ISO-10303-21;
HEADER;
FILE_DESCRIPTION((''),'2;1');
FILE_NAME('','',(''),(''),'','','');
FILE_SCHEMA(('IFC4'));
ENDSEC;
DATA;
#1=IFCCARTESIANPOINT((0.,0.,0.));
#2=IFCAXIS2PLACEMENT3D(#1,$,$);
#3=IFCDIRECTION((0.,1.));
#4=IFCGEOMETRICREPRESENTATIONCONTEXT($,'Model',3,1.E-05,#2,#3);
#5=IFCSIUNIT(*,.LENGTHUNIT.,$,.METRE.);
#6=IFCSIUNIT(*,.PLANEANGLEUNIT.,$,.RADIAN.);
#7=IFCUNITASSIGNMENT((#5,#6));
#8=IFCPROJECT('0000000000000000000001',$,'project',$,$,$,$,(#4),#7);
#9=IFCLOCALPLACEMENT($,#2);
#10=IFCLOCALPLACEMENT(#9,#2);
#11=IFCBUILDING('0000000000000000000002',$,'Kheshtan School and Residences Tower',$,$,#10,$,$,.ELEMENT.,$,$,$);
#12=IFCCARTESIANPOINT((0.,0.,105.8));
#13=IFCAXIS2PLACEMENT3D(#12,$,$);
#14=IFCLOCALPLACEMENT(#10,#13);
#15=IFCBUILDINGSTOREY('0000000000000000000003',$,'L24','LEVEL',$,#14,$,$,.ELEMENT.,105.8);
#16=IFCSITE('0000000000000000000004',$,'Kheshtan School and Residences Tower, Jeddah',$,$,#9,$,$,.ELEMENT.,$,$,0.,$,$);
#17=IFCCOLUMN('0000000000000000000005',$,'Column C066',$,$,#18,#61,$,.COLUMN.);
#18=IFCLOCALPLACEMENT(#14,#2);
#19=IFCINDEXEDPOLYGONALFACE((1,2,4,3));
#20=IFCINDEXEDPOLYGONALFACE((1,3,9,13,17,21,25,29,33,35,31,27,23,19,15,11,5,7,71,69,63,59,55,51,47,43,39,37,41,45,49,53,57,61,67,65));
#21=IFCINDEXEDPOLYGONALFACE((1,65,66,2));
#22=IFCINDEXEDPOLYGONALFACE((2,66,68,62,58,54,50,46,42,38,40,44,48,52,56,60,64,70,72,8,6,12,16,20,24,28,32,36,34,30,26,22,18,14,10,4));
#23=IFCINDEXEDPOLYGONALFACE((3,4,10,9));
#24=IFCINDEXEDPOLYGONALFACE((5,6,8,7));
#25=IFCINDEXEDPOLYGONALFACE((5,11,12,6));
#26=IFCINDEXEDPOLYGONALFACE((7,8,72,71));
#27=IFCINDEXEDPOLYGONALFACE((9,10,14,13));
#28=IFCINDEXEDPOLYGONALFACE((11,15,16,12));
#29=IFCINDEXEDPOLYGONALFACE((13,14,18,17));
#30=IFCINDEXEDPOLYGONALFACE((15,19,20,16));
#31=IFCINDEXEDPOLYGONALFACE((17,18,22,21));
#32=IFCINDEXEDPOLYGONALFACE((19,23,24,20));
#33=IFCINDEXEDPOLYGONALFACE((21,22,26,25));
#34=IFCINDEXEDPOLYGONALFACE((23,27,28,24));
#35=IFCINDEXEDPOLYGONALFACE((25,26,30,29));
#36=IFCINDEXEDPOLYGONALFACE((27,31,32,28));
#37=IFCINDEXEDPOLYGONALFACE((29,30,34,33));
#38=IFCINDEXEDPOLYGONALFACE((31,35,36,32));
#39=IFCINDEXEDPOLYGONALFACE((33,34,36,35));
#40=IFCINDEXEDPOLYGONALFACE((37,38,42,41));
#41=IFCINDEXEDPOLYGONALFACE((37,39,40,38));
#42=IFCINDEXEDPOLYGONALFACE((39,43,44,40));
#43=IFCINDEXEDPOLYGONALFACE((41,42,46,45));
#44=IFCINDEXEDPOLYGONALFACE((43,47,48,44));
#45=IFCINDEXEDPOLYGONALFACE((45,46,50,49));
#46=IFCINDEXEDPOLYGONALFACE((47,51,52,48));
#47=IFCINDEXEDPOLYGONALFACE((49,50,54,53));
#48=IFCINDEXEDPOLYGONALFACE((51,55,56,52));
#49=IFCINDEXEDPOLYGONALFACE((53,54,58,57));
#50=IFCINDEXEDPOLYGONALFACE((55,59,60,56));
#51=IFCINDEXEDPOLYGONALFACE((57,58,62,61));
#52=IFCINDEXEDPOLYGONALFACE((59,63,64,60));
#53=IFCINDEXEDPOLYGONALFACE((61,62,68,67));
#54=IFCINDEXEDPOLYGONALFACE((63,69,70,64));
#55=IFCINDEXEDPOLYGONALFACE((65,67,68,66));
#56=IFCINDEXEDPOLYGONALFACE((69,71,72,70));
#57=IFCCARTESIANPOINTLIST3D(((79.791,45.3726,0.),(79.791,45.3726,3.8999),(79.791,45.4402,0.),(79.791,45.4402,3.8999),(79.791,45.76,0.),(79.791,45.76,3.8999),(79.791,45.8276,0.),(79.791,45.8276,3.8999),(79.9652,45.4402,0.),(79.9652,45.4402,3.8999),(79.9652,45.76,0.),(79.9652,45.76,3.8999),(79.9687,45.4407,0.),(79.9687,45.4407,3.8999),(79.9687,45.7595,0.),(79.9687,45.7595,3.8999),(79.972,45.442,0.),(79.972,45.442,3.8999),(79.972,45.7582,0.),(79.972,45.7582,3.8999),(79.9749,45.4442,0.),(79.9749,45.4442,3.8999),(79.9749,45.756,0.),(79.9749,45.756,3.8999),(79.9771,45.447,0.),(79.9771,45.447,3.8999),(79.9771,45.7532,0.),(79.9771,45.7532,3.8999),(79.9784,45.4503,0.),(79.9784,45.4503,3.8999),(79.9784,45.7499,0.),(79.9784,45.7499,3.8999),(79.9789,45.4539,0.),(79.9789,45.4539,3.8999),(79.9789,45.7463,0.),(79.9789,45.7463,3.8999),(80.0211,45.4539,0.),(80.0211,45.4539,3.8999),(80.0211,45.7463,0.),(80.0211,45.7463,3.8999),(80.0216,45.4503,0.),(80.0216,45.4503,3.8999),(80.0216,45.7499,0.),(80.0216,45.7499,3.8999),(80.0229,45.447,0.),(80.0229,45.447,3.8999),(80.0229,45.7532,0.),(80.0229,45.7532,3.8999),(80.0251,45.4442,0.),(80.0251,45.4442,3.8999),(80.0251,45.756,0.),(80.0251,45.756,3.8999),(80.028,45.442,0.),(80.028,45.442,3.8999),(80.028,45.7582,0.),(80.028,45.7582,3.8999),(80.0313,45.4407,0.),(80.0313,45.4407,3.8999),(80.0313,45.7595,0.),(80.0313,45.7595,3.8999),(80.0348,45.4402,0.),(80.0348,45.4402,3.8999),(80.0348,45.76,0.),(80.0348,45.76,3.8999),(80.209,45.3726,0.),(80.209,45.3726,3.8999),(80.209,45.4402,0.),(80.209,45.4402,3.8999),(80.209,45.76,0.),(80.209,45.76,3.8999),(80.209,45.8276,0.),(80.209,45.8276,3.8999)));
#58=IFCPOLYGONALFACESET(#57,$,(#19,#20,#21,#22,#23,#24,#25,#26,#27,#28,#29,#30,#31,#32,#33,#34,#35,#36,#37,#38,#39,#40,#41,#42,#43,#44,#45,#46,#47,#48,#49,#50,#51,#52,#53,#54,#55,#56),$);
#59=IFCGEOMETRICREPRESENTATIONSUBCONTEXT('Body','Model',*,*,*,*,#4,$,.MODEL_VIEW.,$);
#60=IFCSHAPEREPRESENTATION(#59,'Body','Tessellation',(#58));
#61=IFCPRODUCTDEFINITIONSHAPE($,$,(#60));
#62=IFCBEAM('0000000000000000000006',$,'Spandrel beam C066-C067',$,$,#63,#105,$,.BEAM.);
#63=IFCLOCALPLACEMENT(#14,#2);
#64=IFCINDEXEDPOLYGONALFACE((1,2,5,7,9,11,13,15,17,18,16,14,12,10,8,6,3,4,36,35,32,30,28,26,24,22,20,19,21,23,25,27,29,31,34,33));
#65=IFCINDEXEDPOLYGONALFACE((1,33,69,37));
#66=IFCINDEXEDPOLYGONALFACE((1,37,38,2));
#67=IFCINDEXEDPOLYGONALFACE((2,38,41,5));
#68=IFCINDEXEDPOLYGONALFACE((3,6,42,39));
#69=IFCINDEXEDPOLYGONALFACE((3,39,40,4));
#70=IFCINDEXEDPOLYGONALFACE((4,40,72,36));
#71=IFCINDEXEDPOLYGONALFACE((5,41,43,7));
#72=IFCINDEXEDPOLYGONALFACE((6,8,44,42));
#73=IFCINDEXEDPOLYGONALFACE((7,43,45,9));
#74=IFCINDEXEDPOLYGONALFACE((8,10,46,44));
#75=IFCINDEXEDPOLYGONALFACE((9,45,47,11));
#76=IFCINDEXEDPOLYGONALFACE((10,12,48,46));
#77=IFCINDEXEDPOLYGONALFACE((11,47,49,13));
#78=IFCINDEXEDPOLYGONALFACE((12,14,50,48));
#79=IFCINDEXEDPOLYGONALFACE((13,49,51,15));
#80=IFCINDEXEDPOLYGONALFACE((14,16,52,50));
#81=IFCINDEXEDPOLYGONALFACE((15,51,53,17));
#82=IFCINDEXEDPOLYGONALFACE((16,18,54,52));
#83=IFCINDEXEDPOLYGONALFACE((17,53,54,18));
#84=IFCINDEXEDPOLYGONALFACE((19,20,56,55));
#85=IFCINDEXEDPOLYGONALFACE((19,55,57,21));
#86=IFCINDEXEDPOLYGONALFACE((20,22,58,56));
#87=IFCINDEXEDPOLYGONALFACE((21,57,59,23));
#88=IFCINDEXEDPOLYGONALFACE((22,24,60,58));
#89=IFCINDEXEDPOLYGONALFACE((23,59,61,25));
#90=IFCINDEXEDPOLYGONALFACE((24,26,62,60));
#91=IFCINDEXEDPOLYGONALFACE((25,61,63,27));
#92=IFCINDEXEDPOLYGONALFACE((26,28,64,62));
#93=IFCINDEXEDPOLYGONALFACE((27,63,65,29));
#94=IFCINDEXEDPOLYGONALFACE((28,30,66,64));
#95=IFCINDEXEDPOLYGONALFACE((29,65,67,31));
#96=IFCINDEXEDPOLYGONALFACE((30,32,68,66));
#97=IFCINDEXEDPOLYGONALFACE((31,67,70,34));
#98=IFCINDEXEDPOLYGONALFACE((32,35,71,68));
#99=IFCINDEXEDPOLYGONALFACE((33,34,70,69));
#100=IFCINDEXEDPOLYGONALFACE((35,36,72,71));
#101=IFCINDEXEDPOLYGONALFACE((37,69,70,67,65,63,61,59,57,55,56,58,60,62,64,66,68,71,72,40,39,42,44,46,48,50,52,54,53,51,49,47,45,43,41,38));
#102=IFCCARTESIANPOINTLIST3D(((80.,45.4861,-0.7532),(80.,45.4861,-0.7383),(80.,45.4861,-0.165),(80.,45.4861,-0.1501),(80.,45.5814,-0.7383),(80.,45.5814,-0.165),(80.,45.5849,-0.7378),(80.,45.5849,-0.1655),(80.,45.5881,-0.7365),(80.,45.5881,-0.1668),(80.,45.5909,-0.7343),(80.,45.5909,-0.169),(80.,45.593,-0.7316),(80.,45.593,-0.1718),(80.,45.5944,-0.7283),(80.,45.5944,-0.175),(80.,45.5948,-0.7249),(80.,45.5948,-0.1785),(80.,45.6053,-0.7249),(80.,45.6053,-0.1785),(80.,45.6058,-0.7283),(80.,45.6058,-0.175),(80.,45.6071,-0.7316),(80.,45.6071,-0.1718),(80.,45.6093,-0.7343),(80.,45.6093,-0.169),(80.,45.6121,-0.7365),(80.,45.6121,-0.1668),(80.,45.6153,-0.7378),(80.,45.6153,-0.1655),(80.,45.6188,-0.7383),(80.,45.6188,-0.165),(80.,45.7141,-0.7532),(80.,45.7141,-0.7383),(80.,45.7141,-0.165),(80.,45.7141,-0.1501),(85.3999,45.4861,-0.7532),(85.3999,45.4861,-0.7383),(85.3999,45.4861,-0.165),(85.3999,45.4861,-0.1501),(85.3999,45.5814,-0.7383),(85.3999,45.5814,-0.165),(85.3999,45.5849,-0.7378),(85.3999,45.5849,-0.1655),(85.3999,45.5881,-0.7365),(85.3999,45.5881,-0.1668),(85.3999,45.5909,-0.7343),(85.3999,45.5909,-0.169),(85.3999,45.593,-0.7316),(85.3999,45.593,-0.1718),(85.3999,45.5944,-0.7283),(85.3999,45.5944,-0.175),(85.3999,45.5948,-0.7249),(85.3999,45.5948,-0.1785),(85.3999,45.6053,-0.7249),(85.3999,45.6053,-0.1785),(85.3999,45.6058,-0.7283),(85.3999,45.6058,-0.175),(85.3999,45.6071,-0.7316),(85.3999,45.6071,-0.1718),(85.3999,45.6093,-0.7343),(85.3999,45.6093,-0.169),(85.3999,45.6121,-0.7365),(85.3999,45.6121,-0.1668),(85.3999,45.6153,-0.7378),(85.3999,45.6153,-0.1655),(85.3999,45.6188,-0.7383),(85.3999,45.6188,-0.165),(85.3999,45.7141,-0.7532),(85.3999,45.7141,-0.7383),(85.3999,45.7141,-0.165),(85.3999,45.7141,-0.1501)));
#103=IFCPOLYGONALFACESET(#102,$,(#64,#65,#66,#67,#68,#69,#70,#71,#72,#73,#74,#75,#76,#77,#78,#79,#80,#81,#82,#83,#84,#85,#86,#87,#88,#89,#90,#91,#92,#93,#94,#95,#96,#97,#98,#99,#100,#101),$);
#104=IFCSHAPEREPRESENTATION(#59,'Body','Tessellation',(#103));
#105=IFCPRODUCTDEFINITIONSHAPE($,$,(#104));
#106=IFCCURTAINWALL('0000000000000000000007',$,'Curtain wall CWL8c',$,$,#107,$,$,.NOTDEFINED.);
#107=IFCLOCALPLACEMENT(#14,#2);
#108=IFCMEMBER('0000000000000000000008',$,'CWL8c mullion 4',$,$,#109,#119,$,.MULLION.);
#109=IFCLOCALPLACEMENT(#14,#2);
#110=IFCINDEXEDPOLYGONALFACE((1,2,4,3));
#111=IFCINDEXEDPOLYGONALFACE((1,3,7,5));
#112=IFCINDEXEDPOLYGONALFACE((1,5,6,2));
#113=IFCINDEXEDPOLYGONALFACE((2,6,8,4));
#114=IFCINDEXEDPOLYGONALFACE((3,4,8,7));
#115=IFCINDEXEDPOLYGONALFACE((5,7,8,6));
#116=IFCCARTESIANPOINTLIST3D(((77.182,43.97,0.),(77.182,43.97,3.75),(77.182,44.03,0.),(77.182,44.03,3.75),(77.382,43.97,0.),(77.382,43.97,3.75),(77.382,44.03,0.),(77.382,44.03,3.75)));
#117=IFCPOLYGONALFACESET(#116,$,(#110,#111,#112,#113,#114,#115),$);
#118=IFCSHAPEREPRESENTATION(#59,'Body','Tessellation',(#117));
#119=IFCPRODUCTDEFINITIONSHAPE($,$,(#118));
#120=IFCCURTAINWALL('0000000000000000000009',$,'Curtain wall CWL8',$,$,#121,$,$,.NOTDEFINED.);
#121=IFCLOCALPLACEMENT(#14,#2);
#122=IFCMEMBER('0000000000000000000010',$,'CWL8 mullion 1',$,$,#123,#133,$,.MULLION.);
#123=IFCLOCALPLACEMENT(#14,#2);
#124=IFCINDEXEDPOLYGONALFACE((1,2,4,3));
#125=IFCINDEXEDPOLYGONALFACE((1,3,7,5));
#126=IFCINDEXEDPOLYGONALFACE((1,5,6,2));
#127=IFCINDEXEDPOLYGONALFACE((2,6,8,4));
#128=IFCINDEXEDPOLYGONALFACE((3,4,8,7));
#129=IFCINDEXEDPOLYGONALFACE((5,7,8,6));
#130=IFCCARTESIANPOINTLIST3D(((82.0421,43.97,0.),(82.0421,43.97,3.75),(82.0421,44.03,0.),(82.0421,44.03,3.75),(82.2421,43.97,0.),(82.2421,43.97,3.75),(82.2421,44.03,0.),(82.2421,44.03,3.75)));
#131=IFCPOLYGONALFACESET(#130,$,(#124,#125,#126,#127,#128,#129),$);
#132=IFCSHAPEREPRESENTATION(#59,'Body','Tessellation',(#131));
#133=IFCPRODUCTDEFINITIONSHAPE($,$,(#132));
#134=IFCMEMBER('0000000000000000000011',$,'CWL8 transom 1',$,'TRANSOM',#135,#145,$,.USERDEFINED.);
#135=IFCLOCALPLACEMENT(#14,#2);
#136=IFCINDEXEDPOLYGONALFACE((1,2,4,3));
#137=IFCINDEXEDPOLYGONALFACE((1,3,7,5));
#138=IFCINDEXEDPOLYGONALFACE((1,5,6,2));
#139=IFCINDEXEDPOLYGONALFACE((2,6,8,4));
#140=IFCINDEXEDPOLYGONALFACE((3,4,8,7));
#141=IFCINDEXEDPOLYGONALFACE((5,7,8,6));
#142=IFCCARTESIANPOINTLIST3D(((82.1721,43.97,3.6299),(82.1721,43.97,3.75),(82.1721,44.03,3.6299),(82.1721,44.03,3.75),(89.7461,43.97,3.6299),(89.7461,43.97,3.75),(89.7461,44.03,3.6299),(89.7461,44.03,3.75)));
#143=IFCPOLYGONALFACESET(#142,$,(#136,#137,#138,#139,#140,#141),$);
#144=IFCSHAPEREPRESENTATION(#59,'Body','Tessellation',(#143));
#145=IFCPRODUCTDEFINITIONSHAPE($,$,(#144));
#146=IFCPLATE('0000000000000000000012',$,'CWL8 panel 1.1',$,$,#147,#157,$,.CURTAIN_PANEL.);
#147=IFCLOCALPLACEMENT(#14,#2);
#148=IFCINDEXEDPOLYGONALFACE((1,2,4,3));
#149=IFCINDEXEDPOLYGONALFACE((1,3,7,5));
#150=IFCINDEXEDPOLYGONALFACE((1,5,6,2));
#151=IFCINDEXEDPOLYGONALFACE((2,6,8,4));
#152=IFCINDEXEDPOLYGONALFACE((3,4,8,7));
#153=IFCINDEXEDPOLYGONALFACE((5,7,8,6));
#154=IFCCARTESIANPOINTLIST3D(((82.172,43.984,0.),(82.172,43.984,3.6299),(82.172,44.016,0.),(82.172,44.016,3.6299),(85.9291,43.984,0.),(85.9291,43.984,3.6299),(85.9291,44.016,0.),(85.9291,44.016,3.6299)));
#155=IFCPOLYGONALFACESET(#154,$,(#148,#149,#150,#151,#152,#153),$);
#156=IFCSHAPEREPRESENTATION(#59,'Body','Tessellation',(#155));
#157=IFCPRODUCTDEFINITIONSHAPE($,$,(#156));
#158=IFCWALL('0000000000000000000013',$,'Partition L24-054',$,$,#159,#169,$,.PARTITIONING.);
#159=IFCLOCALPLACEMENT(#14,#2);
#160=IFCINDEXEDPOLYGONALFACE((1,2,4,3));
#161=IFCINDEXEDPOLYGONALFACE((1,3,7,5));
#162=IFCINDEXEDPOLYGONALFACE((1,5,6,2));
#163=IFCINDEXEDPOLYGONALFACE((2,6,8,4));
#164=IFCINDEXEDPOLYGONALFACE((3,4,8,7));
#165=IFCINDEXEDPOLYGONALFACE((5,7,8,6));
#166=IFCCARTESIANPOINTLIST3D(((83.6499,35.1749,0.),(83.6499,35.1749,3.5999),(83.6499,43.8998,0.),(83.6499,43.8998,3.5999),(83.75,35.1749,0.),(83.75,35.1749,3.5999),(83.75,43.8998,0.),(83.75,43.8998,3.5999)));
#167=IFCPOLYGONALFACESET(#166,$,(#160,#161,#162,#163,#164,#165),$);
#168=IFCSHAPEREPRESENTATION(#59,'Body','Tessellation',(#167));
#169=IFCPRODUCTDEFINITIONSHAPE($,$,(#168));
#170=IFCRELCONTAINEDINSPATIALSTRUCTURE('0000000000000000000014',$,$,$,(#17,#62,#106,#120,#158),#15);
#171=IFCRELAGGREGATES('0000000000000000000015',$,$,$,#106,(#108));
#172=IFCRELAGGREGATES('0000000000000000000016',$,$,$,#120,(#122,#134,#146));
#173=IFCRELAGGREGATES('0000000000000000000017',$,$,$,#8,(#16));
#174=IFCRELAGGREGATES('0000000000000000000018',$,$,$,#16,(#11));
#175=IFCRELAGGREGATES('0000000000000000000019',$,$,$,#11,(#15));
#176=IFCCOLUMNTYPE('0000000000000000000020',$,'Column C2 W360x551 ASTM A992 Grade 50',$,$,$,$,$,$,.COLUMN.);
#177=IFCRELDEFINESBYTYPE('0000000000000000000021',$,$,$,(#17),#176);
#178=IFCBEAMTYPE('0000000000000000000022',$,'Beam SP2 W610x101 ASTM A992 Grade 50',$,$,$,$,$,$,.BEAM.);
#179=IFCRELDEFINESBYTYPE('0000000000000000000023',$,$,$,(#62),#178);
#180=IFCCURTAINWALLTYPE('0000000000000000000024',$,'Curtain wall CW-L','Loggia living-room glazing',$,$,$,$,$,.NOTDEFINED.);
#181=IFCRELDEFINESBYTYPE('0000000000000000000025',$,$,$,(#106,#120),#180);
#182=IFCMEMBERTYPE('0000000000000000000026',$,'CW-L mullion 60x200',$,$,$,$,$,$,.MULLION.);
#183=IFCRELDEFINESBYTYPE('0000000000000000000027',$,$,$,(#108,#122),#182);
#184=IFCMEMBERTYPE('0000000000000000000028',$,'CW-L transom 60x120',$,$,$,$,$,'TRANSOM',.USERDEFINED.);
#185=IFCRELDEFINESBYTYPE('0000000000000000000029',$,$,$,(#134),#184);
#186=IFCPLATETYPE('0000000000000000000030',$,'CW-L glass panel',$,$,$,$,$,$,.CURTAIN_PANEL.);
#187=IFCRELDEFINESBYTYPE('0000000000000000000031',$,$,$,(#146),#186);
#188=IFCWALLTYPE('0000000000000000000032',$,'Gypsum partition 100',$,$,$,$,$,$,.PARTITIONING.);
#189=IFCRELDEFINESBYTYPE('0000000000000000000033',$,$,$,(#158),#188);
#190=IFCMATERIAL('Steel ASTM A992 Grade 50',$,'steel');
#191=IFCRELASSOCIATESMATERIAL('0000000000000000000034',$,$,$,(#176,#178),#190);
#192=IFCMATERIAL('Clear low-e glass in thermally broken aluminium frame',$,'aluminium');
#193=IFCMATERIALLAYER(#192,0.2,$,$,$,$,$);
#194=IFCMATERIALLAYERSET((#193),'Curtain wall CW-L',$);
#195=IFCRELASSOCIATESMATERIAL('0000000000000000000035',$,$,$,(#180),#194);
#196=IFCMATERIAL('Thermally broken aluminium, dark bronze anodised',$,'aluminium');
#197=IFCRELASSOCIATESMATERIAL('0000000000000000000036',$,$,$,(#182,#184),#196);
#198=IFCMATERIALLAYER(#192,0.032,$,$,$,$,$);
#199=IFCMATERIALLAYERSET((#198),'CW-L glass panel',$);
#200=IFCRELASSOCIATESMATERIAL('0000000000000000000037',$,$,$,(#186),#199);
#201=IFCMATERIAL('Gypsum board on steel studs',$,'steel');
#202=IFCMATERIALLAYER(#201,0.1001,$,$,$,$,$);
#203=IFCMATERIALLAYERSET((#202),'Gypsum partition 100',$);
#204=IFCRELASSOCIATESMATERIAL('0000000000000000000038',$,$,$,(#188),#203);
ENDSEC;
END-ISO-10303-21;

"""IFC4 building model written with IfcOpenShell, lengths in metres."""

from ifc_helpers import new_model, si_unit, direction, frame, frame_2d, origin, origin_2d, place, context, subcontext, project, spatial, rectangle, i_section, extrude, material, layer, layer_set, material_profile, profile_set, type_object, element, aggregate, save


model = new_model("IFC4")

# Units and contexts
model_context = context("Model", 3, precision=1e-05, world=origin(), true_north=direction((0.0, 1.0)))
body_context = subcontext(model_context, "Body", "Model", "MODEL_VIEW")
ifc_project = project(units=[si_unit("LENGTHUNIT", "METRE"), si_unit("PLANEANGLEUNIT", "RADIAN")], contexts=[model_context])

# Site, building, storey
site_placement = place(None, origin())
site = spatial("IfcSite", under=ifc_project, at=site_placement, Name="Kheshtan School and Residences Tower, Jeddah", CompositionType="ELEMENT", RefElevation=0.0)
building_placement = place(site_placement, origin())
building = spatial("IfcBuilding", under=site, at=building_placement, Name="Kheshtan School and Residences Tower", CompositionType="ELEMENT")
storey_placement = place(building_placement, frame((0.0, 0.0, 105.8)))
storey = spatial("IfcBuildingStorey", under=building, at=storey_placement, Name="L24", Description="LEVEL", CompositionType="ELEMENT", Elevation=105.8)

# Column
ifc_material_1 = material(Name="Steel ASTM A992 Grade 50", Category="steel")
ifc_material_profile_1 = material_profile(ifc_material_1, i_section(OverallWidth=0.418, OverallDepth=0.4551, WebThickness=0.0422, FlangeThickness=0.0676, FilletRadius=0.0137, at=origin_2d()), Name="W360x551")
ifc_profile_set_1 = profile_set([ifc_material_profile_1], Name="Steel ASTM A992 Grade 50")
column_type = type_object("IfcColumnType", Name="Column C2 W360x551 ASTM A992 Grade 50", PredefinedType="COLUMN", material=ifc_profile_set_1)
column_placement = place(storey_placement, frame((80.0, 45.6001, 0.0), z_axis=(0.0, 0.0, 1.0), x_axis=(1.0, 0.0, 0.0)))
element("IfcColumn", 1, at=column_placement, inside=storey, type_object=column_type, Name="Column C066", PredefinedType="COLUMN", context=body_context, shape_type="SweptSolid", body=[
    extrude(i_section(OverallWidth=0.418, OverallDepth=0.4551, WebThickness=0.0422, FlangeThickness=0.0676, FilletRadius=0.0137, at=origin_2d()), origin(), (0.0, 0.0, 1.0), 3.8999),
])

# Beam
ifc_material_profile_2 = material_profile(ifc_material_1, i_section(OverallWidth=0.228, OverallDepth=0.603, WebThickness=0.0105, FlangeThickness=0.0149, FilletRadius=0.0134, at=origin_2d()), Name="W610x101")
ifc_profile_set_2 = profile_set([ifc_material_profile_2], Name="Steel ASTM A992 Grade 50")
beam_type = type_object("IfcBeamType", Name="Beam SP2 W610x101 ASTM A992 Grade 50", PredefinedType="BEAM", material=ifc_profile_set_2)
beam_placement = place(storey_placement, frame((80.0, 45.6001, -0.4517), z_axis=(1.0, 0.0, 0.0), x_axis=(0.0, 1.0, 0.0)))
element("IfcBeam", 2, at=beam_placement, inside=storey, type_object=beam_type, Name="Spandrel beam C066-C067", PredefinedType="BEAM", context=body_context, shape_type="SweptSolid", body=[
    extrude(i_section(OverallWidth=0.228, OverallDepth=0.603, WebThickness=0.0105, FlangeThickness=0.0149, FilletRadius=0.0134, at=origin_2d()), origin(), (0.0, 0.0, 1.0), 5.3999),
])

# Curtain wall, member
ifc_material_2 = material(Name="Clear low-e glass in thermally broken aluminium frame", Category="aluminium")
ifc_layer_1 = layer(ifc_material_2, 0.2)
ifc_layer_set_1 = layer_set([ifc_layer_1], Name="Curtain wall CW-L")
curtain_wall_type = type_object("IfcCurtainWallType", Name="Curtain wall CW-L", Description="Loggia living-room glazing", PredefinedType="NOTDEFINED", material=ifc_layer_set_1)
curtain_wall_1_placement = place(storey_placement, origin())
curtain_wall_1 = element("IfcCurtainWall", 3, at=curtain_wall_1_placement, inside=storey, type_object=curtain_wall_type, Name="Curtain wall CWL8c", PredefinedType="NOTDEFINED")
ifc_material_3 = material(Name="Thermally broken aluminium, dark bronze anodised", Category="aluminium")
ifc_material_profile_3 = material_profile(ifc_material_3, rectangle(XDim=0.0601, YDim=0.2, at=origin_2d()), Name="CW-L mullion 60x200")
ifc_profile_set_3 = profile_set([ifc_material_profile_3], Name="Thermally broken aluminium, dark bronze anodised")
member_type_1 = type_object("IfcMemberType", Name="CW-L mullion 60x200", PredefinedType="MULLION", material=ifc_profile_set_3)
member_1_placement = place(storey_placement, frame((77.282, 44.0, 0.0), z_axis=(0.0, 0.0, 1.0), x_axis=(0.0, 1.0, 0.0)))
member_1 = element("IfcMember", 4, at=member_1_placement, type_object=member_type_1, Name="CWL8c mullion 4", PredefinedType="MULLION", context=body_context, shape_type="SweptSolid", body=[
    extrude(rectangle(XDim=0.0601, YDim=0.2, at=origin_2d()), origin(), (0.0, 0.0, 1.0), 3.75),
])
aggregate(curtain_wall_1, [member_1])

# Curtain wall, members, plate
curtain_wall_2_placement = place(storey_placement, origin())
curtain_wall_2 = element("IfcCurtainWall", 5, at=curtain_wall_2_placement, inside=storey, type_object=curtain_wall_type, Name="Curtain wall CWL8", PredefinedType="NOTDEFINED")
member_2_placement = place(storey_placement, frame((82.1421, 44.0, 0.0), z_axis=(0.0, 0.0, 1.0), x_axis=(0.0, 1.0, 0.0)))
member_2 = element("IfcMember", 6, at=member_2_placement, type_object=member_type_1, Name="CWL8 mullion 1", PredefinedType="MULLION", context=body_context, shape_type="SweptSolid", body=[
    extrude(rectangle(XDim=0.0601, YDim=0.2, at=origin_2d()), origin(), (0.0, 0.0, 1.0), 3.75),
])
ifc_material_profile_4 = material_profile(ifc_material_3, rectangle(XDim=0.0601, YDim=0.1201, at=origin_2d()), Name="CW-L transom 60x120")
ifc_profile_set_4 = profile_set([ifc_material_profile_4], Name="Thermally broken aluminium, dark bronze anodised")
member_type_2 = type_object("IfcMemberType", Name="CW-L transom 60x120", ElementType="TRANSOM", PredefinedType="USERDEFINED", material=ifc_profile_set_4)
member_3_placement = place(storey_placement, frame((82.1721, 44.0, 3.6899), z_axis=(1.0, 0.0, 0.0), x_axis=(0.0, 1.0, 0.0)))
member_3 = element("IfcMember", 7, at=member_3_placement, type_object=member_type_2, Name="CWL8 transom 1", ObjectType="TRANSOM", PredefinedType="USERDEFINED", context=body_context, shape_type="SweptSolid", body=[
    extrude(rectangle(XDim=0.0601, YDim=0.1201, at=origin_2d()), origin(), (0.0, 0.0, 1.0), 7.574),
])
ifc_layer_2 = layer(ifc_material_2, 0.032)
ifc_layer_set_2 = layer_set([ifc_layer_2], Name="CW-L glass panel")
plate_type = type_object("IfcPlateType", Name="CW-L glass panel", PredefinedType="CURTAIN_PANEL", material=ifc_layer_set_2)
plate_placement = place(storey_placement, frame((84.0505, 44.0, 0.0), z_axis=(0.0, 0.0, 1.0), x_axis=(1.0, 0.0, 0.0)))
plate = element("IfcPlate", 8, at=plate_placement, type_object=plate_type, Name="CWL8 panel 1.1", PredefinedType="CURTAIN_PANEL", context=body_context, shape_type="SweptSolid", body=[
    extrude(rectangle(XDim=3.7571, YDim=0.032, at=origin_2d()), origin(), (0.0, 0.0, 1.0), 3.6299),
])
aggregate(curtain_wall_2, [member_2, member_3, plate])

# Wall
ifc_material_4 = material(Name="Gypsum board on steel studs", Category="steel")
ifc_layer_3 = layer(ifc_material_4, 0.1001)
ifc_layer_set_3 = layer_set([ifc_layer_3], Name="Gypsum partition 100")
wall_type_1 = type_object("IfcWallType", Name="Gypsum partition 100", PredefinedType="PARTITIONING", material=ifc_layer_set_3)
wall_1_placement = place(storey_placement, frame((83.7, 35.175, 0.0), z_axis=(0.0, 0.0, 1.0), x_axis=(0.0, 1.0, 0.0)))
element("IfcWall", 9, at=wall_1_placement, inside=storey, type_object=wall_type_1, Name="Partition L24-054", PredefinedType="PARTITIONING", context=body_context, shape_type="SweptSolid", body=[
    extrude(rectangle(XDim=8.7249, YDim=0.1001, at=frame_2d((4.3623, 0.0))), origin(), (0.0, 0.0, 1.0), 3.5999),
])

save(model, "model.ifc")
